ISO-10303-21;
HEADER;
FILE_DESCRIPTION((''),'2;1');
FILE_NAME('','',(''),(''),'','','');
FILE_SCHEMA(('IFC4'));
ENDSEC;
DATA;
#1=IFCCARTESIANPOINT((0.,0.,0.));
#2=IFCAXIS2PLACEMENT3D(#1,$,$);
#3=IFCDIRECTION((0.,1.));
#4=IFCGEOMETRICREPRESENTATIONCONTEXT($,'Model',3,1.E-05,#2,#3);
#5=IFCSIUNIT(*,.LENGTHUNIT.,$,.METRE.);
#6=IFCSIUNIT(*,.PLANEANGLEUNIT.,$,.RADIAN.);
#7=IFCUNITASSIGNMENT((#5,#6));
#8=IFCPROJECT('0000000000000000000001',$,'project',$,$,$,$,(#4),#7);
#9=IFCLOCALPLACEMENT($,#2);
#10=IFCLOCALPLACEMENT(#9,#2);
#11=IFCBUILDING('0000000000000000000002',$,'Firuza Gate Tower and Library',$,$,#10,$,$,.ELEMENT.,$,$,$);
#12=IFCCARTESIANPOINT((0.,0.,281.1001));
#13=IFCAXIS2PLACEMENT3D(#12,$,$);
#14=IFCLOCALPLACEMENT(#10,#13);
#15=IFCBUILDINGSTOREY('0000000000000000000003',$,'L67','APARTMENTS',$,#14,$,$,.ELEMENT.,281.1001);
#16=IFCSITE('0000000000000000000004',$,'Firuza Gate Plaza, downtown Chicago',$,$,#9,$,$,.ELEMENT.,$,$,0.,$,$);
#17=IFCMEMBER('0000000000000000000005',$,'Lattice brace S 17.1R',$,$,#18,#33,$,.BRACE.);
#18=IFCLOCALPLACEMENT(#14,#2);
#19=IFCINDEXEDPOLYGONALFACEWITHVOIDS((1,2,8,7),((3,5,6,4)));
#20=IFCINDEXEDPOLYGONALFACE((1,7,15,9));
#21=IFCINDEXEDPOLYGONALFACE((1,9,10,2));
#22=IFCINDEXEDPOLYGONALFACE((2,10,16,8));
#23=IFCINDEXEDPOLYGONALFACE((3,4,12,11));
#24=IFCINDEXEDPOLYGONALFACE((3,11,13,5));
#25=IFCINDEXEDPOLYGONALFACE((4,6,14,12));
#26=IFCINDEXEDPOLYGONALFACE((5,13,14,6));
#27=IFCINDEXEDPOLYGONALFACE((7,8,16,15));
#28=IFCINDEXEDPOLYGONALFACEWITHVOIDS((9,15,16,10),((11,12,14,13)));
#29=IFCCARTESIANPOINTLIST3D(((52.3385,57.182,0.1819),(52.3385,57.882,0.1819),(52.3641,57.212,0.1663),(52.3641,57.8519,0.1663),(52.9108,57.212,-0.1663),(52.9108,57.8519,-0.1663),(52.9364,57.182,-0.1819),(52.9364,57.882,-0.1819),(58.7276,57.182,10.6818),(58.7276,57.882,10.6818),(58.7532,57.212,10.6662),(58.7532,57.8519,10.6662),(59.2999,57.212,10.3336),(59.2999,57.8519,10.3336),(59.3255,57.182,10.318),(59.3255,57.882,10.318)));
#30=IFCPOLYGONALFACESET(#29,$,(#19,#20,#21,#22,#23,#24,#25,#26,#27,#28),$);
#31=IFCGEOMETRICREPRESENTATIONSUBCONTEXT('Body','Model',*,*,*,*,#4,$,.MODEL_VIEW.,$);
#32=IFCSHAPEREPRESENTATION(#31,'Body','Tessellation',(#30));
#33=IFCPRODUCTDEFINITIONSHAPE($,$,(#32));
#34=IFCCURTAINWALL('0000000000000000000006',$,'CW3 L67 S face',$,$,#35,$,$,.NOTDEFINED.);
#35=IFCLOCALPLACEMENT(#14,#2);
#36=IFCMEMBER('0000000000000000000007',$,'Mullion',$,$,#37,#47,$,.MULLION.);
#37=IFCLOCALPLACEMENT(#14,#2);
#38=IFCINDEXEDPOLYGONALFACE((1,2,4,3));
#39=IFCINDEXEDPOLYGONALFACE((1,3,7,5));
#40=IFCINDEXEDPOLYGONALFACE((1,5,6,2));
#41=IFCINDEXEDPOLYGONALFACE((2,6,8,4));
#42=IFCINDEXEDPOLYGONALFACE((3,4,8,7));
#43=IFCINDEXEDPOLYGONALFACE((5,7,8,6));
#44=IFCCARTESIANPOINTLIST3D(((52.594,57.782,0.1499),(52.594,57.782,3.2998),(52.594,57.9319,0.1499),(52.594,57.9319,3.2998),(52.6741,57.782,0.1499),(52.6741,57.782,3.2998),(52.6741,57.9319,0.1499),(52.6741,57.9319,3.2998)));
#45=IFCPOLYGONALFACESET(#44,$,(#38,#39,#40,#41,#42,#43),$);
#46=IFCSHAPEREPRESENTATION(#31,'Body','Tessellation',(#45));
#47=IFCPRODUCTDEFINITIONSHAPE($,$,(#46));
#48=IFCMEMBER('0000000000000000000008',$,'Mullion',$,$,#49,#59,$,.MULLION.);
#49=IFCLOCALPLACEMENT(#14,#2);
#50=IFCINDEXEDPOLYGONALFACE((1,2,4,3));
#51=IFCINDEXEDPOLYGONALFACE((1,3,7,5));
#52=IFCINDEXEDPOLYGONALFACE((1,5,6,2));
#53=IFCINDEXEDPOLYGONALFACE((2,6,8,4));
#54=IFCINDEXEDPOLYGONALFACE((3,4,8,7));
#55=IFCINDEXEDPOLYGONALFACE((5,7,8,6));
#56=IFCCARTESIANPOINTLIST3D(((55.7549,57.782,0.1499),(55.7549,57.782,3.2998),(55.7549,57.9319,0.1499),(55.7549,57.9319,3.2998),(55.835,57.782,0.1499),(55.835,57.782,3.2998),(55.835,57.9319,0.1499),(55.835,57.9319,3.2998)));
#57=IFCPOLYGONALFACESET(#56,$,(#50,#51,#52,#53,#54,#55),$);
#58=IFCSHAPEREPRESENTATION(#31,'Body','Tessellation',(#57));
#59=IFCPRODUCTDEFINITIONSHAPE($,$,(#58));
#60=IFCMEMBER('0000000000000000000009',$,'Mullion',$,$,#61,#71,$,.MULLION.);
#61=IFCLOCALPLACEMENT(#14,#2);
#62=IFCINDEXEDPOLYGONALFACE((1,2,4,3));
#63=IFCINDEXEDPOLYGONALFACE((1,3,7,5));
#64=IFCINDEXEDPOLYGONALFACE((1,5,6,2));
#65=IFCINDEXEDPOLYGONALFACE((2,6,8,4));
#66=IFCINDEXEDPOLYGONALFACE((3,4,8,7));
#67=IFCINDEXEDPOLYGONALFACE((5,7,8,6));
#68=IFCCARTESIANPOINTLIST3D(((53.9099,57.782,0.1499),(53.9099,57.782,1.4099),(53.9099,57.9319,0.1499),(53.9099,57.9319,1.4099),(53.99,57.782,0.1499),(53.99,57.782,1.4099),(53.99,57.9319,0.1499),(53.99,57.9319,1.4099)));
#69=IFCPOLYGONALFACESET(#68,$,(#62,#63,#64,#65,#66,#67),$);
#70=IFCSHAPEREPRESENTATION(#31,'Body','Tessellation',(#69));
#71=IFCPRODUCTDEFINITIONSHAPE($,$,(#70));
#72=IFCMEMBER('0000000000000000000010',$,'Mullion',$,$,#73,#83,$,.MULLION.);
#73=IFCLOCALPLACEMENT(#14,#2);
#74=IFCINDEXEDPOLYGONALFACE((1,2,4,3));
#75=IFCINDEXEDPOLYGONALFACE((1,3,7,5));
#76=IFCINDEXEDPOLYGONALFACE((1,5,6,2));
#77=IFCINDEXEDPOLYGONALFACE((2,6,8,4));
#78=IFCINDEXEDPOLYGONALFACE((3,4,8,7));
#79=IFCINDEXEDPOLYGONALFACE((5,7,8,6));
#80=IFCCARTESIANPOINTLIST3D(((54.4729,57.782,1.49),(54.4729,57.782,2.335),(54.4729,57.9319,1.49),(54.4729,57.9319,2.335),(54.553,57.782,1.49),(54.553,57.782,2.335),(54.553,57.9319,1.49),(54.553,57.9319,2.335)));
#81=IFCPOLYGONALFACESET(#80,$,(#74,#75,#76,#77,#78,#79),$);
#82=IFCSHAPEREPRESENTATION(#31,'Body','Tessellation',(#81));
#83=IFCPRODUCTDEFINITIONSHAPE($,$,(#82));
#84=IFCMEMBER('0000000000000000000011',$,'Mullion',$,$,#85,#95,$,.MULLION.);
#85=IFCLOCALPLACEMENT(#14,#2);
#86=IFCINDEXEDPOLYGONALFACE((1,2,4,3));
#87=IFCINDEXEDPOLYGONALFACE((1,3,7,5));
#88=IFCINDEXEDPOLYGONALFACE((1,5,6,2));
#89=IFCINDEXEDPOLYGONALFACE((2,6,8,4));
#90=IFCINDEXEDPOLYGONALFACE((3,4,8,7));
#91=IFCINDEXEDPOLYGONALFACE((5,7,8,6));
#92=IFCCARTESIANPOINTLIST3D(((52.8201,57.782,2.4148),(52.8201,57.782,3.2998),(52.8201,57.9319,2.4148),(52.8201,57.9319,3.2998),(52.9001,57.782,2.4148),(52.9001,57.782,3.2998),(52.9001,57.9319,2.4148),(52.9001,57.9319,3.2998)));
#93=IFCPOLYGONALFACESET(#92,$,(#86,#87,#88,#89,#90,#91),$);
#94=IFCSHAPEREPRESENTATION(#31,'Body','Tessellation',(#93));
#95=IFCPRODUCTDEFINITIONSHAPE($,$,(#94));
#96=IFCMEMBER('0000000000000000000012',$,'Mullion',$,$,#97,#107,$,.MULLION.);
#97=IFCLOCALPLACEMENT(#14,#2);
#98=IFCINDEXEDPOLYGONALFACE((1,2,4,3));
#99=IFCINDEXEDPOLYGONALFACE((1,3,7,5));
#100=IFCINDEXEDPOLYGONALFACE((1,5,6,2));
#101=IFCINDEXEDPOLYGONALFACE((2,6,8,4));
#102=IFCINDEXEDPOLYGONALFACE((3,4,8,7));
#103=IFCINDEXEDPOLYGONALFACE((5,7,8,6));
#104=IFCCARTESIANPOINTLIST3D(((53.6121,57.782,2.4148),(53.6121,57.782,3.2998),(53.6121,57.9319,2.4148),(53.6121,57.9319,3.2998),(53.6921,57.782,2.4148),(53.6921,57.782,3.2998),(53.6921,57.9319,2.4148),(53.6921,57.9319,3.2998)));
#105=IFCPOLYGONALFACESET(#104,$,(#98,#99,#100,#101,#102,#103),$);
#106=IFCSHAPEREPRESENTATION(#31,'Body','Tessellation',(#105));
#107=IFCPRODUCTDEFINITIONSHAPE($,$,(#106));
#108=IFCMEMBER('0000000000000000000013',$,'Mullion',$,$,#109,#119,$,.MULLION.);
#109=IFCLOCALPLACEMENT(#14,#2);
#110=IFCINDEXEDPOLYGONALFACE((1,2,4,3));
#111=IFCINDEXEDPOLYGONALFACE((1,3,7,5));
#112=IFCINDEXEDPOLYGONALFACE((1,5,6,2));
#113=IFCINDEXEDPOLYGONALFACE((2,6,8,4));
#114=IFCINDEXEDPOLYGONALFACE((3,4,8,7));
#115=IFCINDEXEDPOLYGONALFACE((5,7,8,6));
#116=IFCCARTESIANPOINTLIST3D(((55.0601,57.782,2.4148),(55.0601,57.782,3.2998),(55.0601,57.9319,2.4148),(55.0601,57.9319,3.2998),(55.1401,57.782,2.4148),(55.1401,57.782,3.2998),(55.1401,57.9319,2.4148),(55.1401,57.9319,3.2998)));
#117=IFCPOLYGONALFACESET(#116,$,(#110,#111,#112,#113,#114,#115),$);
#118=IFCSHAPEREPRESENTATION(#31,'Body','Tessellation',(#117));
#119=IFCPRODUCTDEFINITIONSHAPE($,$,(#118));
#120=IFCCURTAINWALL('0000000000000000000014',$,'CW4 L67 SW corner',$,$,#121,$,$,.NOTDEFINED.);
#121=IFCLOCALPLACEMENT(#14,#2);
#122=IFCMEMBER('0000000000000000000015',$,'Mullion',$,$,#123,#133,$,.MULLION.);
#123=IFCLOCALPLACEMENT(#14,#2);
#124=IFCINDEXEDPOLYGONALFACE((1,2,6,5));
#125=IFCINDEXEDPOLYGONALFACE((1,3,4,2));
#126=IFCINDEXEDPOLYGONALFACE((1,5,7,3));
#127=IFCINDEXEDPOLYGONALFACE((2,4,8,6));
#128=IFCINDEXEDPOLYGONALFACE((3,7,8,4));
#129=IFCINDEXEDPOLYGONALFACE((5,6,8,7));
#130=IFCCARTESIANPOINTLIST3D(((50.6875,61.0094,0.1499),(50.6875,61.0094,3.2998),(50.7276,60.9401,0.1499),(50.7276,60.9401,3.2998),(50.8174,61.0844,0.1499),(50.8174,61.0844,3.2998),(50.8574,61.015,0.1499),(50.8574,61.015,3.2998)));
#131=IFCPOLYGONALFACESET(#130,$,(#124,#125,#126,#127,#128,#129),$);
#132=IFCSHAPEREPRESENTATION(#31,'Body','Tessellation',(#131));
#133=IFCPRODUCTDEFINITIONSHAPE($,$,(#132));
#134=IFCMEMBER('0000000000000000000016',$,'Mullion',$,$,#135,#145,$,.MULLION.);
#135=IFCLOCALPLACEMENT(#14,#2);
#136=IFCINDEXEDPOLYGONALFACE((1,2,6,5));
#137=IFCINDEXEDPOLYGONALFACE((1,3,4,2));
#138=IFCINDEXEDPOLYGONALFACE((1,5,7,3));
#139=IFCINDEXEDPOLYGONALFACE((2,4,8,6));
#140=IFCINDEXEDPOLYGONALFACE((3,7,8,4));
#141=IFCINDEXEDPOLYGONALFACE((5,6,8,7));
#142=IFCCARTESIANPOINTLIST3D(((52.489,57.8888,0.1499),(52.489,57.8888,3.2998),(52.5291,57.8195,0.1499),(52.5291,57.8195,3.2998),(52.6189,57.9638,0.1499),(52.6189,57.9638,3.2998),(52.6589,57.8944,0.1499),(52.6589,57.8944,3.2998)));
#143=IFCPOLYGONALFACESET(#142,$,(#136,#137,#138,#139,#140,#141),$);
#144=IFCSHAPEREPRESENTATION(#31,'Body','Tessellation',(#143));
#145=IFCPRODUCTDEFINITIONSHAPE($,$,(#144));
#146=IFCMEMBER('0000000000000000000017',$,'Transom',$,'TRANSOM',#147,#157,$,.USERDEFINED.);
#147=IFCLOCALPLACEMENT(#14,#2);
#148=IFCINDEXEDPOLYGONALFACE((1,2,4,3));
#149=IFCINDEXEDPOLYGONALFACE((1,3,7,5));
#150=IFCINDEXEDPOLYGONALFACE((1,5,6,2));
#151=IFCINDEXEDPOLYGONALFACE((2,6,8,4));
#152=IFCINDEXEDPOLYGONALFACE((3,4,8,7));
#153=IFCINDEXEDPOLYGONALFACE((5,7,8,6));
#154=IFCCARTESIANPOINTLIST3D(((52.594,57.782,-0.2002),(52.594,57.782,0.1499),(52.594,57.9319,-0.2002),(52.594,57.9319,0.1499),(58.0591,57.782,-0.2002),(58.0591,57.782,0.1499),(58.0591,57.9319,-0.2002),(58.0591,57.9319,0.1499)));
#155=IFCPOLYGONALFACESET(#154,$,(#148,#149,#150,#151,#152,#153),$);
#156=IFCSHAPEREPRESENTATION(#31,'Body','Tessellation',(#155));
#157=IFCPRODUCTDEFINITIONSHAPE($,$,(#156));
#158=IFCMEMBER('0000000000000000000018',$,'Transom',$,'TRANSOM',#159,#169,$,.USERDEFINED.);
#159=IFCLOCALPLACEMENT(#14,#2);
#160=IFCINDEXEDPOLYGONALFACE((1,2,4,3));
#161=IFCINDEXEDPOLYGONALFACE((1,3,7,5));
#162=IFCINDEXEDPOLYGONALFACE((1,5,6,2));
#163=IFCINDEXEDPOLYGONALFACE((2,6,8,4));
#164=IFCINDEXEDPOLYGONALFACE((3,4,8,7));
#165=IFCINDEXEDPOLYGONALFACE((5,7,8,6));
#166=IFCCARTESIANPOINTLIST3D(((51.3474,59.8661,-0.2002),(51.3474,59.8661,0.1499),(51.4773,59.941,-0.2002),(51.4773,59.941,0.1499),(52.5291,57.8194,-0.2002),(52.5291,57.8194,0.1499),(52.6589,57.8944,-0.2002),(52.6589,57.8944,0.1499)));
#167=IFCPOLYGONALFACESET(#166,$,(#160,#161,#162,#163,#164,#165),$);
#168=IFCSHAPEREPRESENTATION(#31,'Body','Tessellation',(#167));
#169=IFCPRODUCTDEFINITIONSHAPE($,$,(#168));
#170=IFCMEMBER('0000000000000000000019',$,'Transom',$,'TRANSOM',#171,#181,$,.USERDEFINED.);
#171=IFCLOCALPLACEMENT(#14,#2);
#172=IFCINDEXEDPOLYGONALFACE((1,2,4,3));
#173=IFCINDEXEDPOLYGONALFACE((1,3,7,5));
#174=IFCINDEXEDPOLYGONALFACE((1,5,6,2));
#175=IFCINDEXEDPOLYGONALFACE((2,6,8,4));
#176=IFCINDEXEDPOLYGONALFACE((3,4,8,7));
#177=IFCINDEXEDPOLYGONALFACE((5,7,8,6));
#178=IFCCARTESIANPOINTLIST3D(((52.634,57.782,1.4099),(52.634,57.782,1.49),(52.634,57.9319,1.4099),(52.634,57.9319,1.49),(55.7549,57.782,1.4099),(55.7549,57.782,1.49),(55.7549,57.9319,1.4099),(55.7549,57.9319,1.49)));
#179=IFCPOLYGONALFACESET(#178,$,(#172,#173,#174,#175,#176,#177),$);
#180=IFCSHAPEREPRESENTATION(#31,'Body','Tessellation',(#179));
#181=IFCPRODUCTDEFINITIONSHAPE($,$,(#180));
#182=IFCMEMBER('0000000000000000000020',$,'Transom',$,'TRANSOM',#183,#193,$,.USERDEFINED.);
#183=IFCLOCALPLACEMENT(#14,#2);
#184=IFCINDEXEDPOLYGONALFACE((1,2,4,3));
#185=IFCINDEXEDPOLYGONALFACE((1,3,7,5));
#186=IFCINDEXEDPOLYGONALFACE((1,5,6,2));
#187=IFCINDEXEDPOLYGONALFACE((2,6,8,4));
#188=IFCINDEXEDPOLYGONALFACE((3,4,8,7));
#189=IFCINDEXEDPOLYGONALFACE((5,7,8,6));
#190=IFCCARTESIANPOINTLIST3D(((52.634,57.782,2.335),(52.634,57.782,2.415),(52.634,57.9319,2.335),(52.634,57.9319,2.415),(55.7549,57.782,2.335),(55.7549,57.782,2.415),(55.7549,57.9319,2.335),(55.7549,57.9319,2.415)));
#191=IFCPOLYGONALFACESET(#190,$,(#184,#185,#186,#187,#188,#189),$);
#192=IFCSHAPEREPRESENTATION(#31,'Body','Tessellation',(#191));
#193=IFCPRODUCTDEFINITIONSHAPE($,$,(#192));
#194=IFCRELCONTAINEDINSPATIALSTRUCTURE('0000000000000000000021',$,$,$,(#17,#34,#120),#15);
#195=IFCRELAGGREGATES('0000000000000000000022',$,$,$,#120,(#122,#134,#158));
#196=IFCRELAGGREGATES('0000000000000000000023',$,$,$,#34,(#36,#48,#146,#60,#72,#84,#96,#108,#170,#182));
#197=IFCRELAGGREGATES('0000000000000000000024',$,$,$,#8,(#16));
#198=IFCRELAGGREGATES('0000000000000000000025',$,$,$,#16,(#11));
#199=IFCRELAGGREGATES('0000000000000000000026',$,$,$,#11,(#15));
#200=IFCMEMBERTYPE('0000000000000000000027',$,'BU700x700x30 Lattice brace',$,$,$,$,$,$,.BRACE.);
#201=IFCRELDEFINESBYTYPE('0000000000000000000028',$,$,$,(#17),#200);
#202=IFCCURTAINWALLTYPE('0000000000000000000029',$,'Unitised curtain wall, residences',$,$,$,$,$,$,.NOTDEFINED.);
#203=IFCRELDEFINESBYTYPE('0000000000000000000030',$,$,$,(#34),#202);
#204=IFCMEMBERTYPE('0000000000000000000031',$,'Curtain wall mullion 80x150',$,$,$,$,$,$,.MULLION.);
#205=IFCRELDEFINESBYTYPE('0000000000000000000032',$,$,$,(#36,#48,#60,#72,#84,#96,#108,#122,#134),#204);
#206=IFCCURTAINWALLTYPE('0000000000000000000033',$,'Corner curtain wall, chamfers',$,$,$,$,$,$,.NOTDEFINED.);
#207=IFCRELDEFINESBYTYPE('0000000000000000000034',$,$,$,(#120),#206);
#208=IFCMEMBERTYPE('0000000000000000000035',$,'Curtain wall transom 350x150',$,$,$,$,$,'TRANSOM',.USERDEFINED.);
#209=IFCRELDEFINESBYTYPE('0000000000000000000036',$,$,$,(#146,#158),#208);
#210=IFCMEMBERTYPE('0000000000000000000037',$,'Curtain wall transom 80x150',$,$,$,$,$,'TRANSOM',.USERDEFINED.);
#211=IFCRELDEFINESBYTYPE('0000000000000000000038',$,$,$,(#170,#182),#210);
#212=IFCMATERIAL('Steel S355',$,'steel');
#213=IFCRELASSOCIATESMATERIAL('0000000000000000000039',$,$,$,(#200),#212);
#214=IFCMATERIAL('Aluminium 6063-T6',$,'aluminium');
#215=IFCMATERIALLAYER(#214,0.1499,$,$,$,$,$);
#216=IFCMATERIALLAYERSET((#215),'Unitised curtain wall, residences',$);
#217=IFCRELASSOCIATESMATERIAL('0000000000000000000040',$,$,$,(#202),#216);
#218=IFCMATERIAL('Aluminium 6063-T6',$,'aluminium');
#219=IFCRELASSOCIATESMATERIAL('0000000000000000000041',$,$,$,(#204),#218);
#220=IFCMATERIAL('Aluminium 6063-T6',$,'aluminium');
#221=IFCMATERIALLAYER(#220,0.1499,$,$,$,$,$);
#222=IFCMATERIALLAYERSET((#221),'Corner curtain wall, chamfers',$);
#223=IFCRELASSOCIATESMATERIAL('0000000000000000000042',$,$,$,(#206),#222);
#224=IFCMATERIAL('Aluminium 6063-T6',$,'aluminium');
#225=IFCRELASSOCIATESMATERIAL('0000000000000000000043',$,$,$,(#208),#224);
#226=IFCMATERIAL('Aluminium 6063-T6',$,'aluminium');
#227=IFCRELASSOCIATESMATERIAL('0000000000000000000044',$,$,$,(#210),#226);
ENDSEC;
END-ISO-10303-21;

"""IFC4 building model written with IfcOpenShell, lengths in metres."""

from ifc_helpers import new_model, si_unit, direction, frame, origin, origin_2d, place, context, subcontext, project, spatial, rectangle, hollow_rectangle, extrude, material, layer, layer_set, material_profile, profile_set, type_object, element, aggregate, save


model = new_model("IFC4")

# Units and contexts
model_context = context("Model", 3, precision=1e-05, world=origin(), true_north=direction((0.0, 1.0)))
body_context = subcontext(model_context, "Body", "Model", "MODEL_VIEW")
ifc_project = project(units=[si_unit("LENGTHUNIT", "METRE"), si_unit("PLANEANGLEUNIT", "RADIAN")], contexts=[model_context])

# Site, building, storey
site_placement = place(None, origin())
site = spatial("IfcSite", under=ifc_project, at=site_placement, Name="Firuza Gate Plaza, downtown Chicago", CompositionType="ELEMENT", RefElevation=0.0)
building_placement = place(site_placement, origin())
building = spatial("IfcBuilding", under=site, at=building_placement, Name="Firuza Gate Tower and Library", CompositionType="ELEMENT")
storey_placement = place(building_placement, frame((0.0, 0.0, 281.1001)))
storey = spatial("IfcBuildingStorey", under=building, at=storey_placement, Name="L67", Description="APARTMENTS", CompositionType="ELEMENT", Elevation=281.1001)

# Member
ifc_material_1 = material(Name="Steel S355", Category="steel")
ifc_material_profile_1 = material_profile(ifc_material_1, hollow_rectangle(XDim=0.7, YDim=0.7, WallThickness=0.03, at=origin_2d()))
ifc_profile_set_1 = profile_set([ifc_material_profile_1], Name="Steel S355")
member_type_1 = type_object("IfcMemberType", Name="BU700x700x30 Lattice brace", PredefinedType="BRACE", material=ifc_profile_set_1)
member_1_placement = place(storey_placement, frame((52.6375, 57.532, 0.0), z_axis=(0.51982, 0.0, 0.854276), x_axis=(0.0, 1.0, 0.0)))
element("IfcMember", 1, at=member_1_placement, inside=storey, type_object=member_type_1, Name="Lattice brace S 17.1R", PredefinedType="BRACE", context=body_context, shape_type="SweptSolid", body=[
    extrude(hollow_rectangle(XDim=0.7, YDim=0.7, WallThickness=0.03, at=origin_2d()), origin(), (0.0, 0.0, 1.0), 12.291),
])

# Curtain walls, members
ifc_material_2 = material(Name="Aluminium 6063-T6", Category="aluminium")
ifc_layer_1 = layer(ifc_material_2, 0.1499)
ifc_layer_set_1 = layer_set([ifc_layer_1], Name="Unitised curtain wall, residences")
curtain_wall_type_1 = type_object("IfcCurtainWallType", Name="Unitised curtain wall, residences", PredefinedType="NOTDEFINED", material=ifc_layer_set_1)
placement_1 = place(storey_placement, origin())
curtain_wall_1 = element("IfcCurtainWall", 2, at=placement_1, inside=storey, type_object=curtain_wall_type_1, Name="CW3 L67 S face", PredefinedType="NOTDEFINED")
ifc_material_3 = material(Name="Aluminium 6063-T6", Category="aluminium")
ifc_material_profile_2 = material_profile(ifc_material_3, rectangle(XDim=0.1499, YDim=0.0801, at=origin_2d()))
ifc_profile_set_2 = profile_set([ifc_material_profile_2], Name="Aluminium 6063-T6")
member_type_2 = type_object("IfcMemberType", Name="Curtain wall mullion 80x150", PredefinedType="MULLION", material=ifc_profile_set_2)
member_2_placement = place(storey_placement, frame((52.634, 57.8569, 0.1499), z_axis=(0.0, 0.0, 1.0), x_axis=(0.0, 1.0, 0.0)))
member_2 = element("IfcMember", 3, at=member_2_placement, type_object=member_type_2, Name="Mullion", PredefinedType="MULLION", context=body_context, shape_type="SweptSolid", body=[
    extrude(rectangle(XDim=0.1499, YDim=0.0801, at=origin_2d()), origin(), (0.0, 0.0, 1.0), 3.1499),
])
member_3_placement = place(storey_placement, frame((55.7949, 57.8569, 0.1499), z_axis=(0.0, 0.0, 1.0), x_axis=(0.0, 1.0, 0.0)))
member_3 = element("IfcMember", 4, at=member_3_placement, type_object=member_type_2, Name="Mullion", PredefinedType="MULLION", context=body_context, shape_type="SweptSolid", body=[
    extrude(rectangle(XDim=0.1499, YDim=0.0801, at=origin_2d()), origin(), (0.0, 0.0, 1.0), 3.1499),
])
member_4_placement = place(storey_placement, frame((53.95, 57.8569, 0.1499), z_axis=(0.0, 0.0, 1.0), x_axis=(0.0, 1.0, 0.0)))
member_4 = element("IfcMember", 5, at=member_4_placement, type_object=member_type_2, Name="Mullion", PredefinedType="MULLION", context=body_context, shape_type="SweptSolid", body=[
    extrude(rectangle(XDim=0.1499, YDim=0.0801, at=origin_2d()), origin(), (0.0, 0.0, 1.0), 1.26),
])
member_5_placement = place(storey_placement, frame((54.5129, 57.8569, 1.49), z_axis=(0.0, 0.0, 1.0), x_axis=(0.0, 1.0, 0.0)))
member_5 = element("IfcMember", 6, at=member_5_placement, type_object=member_type_2, Name="Mullion", PredefinedType="MULLION", context=body_context, shape_type="SweptSolid", body=[
    extrude(rectangle(XDim=0.1499, YDim=0.0801, at=origin_2d()), origin(), (0.0, 0.0, 1.0), 0.845),
])
member_6_placement = place(storey_placement, frame((52.8601, 57.8569, 2.4148), z_axis=(0.0, 0.0, 1.0), x_axis=(0.0, 1.0, 0.0)))
member_6 = element("IfcMember", 7, at=member_6_placement, type_object=member_type_2, Name="Mullion", PredefinedType="MULLION", context=body_context, shape_type="SweptSolid", body=[
    extrude(rectangle(XDim=0.1499, YDim=0.0801, at=origin_2d()), origin(), (0.0, 0.0, 1.0), 0.885),
])
member_7_placement = place(storey_placement, frame((53.6521, 57.8569, 2.4148), z_axis=(0.0, 0.0, 1.0), x_axis=(0.0, 1.0, 0.0)))
member_7 = element("IfcMember", 8, at=member_7_placement, type_object=member_type_2, Name="Mullion", PredefinedType="MULLION", context=body_context, shape_type="SweptSolid", body=[
    extrude(rectangle(XDim=0.1499, YDim=0.0801, at=origin_2d()), origin(), (0.0, 0.0, 1.0), 0.885),
])
member_8_placement = place(storey_placement, frame((55.1001, 57.8569, 2.4148), z_axis=(0.0, 0.0, 1.0), x_axis=(0.0, 1.0, 0.0)))
member_8 = element("IfcMember", 9, at=member_8_placement, type_object=member_type_2, Name="Mullion", PredefinedType="MULLION", context=body_context, shape_type="SweptSolid", body=[
    extrude(rectangle(XDim=0.1499, YDim=0.0801, at=origin_2d()), origin(), (0.0, 0.0, 1.0), 0.885),
])
ifc_material_4 = material(Name="Aluminium 6063-T6", Category="aluminium")
ifc_layer_2 = layer(ifc_material_4, 0.1499)
ifc_layer_set_2 = layer_set([ifc_layer_2], Name="Corner curtain wall, chamfers")
curtain_wall_type_2 = type_object("IfcCurtainWallType", Name="Corner curtain wall, chamfers", PredefinedType="NOTDEFINED", material=ifc_layer_set_2)
curtain_wall_2 = element("IfcCurtainWall", 10, at=placement_1, inside=storey, type_object=curtain_wall_type_2, Name="CW4 L67 SW corner", PredefinedType="NOTDEFINED")
member_9_placement = place(storey_placement, frame((50.7725, 61.0122, 0.1499), z_axis=(0.0, 0.0, 1.0), x_axis=(0.866025, 0.5, 0.0)))
member_9 = element("IfcMember", 11, at=member_9_placement, type_object=member_type_2, Name="Mullion", PredefinedType="MULLION", context=body_context, shape_type="SweptSolid", body=[
    extrude(rectangle(XDim=0.1499, YDim=0.0801, at=origin_2d()), origin(), (0.0, 0.0, 1.0), 3.1499),
])
member_10_placement = place(storey_placement, frame((52.574, 57.8916, 0.1499), z_axis=(0.0, 0.0, 1.0), x_axis=(0.866025, 0.5, 0.0)))
member_10 = element("IfcMember", 12, at=member_10_placement, type_object=member_type_2, Name="Mullion", PredefinedType="MULLION", context=body_context, shape_type="SweptSolid", body=[
    extrude(rectangle(XDim=0.1499, YDim=0.0801, at=origin_2d()), origin(), (0.0, 0.0, 1.0), 3.1499),
])

# Members
ifc_material_5 = material(Name="Aluminium 6063-T6", Category="aluminium")
ifc_material_profile_3 = material_profile(ifc_material_5, rectangle(XDim=0.1499, YDim=0.3501, at=origin_2d()))
ifc_profile_set_3 = profile_set([ifc_material_profile_3], Name="Aluminium 6063-T6")
member_type_3 = type_object("IfcMemberType", Name="Curtain wall transom 350x150", ElementType="TRANSOM", PredefinedType="USERDEFINED", material=ifc_profile_set_3)
member_11_placement = place(storey_placement, frame((52.594, 57.8569, -0.0251), z_axis=(1.0, 0.0, 0.0), x_axis=(0.0, 1.0, 0.0)))
member_11 = element("IfcMember", 13, at=member_11_placement, type_object=member_type_3, Name="Transom", ObjectType="TRANSOM", PredefinedType="USERDEFINED", context=body_context, shape_type="SweptSolid", body=[
    extrude(rectangle(XDim=0.1499, YDim=0.3501, at=origin_2d()), origin(), (0.0, 0.0, 1.0), 5.4651),
])
member_12_placement = place(storey_placement, frame((51.4124, 59.9036, -0.0251), z_axis=(0.500006, -0.866022, 0.0), x_axis=(0.866022, 0.500006, 0.0)))
member_12 = element("IfcMember", 14, at=member_12_placement, type_object=member_type_3, Name="Transom", ObjectType="TRANSOM", PredefinedType="USERDEFINED", context=body_context, shape_type="SweptSolid", body=[
    extrude(rectangle(XDim=0.1499, YDim=0.3501, at=origin_2d()), origin(), (0.0, 0.0, 1.0), 2.3633),
])
ifc_material_6 = material(Name="Aluminium 6063-T6", Category="aluminium")
ifc_material_profile_4 = material_profile(ifc_material_6, rectangle(XDim=0.1499, YDim=0.0801, at=origin_2d()))
ifc_profile_set_4 = profile_set([ifc_material_profile_4], Name="Aluminium 6063-T6")
member_type_4 = type_object("IfcMemberType", Name="Curtain wall transom 80x150", ElementType="TRANSOM", PredefinedType="USERDEFINED", material=ifc_profile_set_4)
member_13_placement = place(storey_placement, frame((52.634, 57.8569, 1.45), z_axis=(1.0, 0.0, 0.0), x_axis=(0.0, 1.0, 0.0)))
member_13 = element("IfcMember", 15, at=member_13_placement, type_object=member_type_4, Name="Transom", ObjectType="TRANSOM", PredefinedType="USERDEFINED", context=body_context, shape_type="SweptSolid", body=[
    extrude(rectangle(XDim=0.1499, YDim=0.0801, at=origin_2d()), origin(), (0.0, 0.0, 1.0), 3.1208),
])
member_14_placement = place(storey_placement, frame((52.634, 57.8569, 2.375), z_axis=(1.0, 0.0, 0.0), x_axis=(0.0, 1.0, 0.0)))
member_14 = element("IfcMember", 16, at=member_14_placement, type_object=member_type_4, Name="Transom", ObjectType="TRANSOM", PredefinedType="USERDEFINED", context=body_context, shape_type="SweptSolid", body=[
    extrude(rectangle(XDim=0.1499, YDim=0.0801, at=origin_2d()), origin(), (0.0, 0.0, 1.0), 3.1208),
])

aggregate(curtain_wall_2, [member_9, member_10, member_12])
aggregate(curtain_wall_1, [member_2, member_3, member_11, member_4, member_5, member_6, member_7, member_8, member_13, member_14])

save(model, "model.ifc")
